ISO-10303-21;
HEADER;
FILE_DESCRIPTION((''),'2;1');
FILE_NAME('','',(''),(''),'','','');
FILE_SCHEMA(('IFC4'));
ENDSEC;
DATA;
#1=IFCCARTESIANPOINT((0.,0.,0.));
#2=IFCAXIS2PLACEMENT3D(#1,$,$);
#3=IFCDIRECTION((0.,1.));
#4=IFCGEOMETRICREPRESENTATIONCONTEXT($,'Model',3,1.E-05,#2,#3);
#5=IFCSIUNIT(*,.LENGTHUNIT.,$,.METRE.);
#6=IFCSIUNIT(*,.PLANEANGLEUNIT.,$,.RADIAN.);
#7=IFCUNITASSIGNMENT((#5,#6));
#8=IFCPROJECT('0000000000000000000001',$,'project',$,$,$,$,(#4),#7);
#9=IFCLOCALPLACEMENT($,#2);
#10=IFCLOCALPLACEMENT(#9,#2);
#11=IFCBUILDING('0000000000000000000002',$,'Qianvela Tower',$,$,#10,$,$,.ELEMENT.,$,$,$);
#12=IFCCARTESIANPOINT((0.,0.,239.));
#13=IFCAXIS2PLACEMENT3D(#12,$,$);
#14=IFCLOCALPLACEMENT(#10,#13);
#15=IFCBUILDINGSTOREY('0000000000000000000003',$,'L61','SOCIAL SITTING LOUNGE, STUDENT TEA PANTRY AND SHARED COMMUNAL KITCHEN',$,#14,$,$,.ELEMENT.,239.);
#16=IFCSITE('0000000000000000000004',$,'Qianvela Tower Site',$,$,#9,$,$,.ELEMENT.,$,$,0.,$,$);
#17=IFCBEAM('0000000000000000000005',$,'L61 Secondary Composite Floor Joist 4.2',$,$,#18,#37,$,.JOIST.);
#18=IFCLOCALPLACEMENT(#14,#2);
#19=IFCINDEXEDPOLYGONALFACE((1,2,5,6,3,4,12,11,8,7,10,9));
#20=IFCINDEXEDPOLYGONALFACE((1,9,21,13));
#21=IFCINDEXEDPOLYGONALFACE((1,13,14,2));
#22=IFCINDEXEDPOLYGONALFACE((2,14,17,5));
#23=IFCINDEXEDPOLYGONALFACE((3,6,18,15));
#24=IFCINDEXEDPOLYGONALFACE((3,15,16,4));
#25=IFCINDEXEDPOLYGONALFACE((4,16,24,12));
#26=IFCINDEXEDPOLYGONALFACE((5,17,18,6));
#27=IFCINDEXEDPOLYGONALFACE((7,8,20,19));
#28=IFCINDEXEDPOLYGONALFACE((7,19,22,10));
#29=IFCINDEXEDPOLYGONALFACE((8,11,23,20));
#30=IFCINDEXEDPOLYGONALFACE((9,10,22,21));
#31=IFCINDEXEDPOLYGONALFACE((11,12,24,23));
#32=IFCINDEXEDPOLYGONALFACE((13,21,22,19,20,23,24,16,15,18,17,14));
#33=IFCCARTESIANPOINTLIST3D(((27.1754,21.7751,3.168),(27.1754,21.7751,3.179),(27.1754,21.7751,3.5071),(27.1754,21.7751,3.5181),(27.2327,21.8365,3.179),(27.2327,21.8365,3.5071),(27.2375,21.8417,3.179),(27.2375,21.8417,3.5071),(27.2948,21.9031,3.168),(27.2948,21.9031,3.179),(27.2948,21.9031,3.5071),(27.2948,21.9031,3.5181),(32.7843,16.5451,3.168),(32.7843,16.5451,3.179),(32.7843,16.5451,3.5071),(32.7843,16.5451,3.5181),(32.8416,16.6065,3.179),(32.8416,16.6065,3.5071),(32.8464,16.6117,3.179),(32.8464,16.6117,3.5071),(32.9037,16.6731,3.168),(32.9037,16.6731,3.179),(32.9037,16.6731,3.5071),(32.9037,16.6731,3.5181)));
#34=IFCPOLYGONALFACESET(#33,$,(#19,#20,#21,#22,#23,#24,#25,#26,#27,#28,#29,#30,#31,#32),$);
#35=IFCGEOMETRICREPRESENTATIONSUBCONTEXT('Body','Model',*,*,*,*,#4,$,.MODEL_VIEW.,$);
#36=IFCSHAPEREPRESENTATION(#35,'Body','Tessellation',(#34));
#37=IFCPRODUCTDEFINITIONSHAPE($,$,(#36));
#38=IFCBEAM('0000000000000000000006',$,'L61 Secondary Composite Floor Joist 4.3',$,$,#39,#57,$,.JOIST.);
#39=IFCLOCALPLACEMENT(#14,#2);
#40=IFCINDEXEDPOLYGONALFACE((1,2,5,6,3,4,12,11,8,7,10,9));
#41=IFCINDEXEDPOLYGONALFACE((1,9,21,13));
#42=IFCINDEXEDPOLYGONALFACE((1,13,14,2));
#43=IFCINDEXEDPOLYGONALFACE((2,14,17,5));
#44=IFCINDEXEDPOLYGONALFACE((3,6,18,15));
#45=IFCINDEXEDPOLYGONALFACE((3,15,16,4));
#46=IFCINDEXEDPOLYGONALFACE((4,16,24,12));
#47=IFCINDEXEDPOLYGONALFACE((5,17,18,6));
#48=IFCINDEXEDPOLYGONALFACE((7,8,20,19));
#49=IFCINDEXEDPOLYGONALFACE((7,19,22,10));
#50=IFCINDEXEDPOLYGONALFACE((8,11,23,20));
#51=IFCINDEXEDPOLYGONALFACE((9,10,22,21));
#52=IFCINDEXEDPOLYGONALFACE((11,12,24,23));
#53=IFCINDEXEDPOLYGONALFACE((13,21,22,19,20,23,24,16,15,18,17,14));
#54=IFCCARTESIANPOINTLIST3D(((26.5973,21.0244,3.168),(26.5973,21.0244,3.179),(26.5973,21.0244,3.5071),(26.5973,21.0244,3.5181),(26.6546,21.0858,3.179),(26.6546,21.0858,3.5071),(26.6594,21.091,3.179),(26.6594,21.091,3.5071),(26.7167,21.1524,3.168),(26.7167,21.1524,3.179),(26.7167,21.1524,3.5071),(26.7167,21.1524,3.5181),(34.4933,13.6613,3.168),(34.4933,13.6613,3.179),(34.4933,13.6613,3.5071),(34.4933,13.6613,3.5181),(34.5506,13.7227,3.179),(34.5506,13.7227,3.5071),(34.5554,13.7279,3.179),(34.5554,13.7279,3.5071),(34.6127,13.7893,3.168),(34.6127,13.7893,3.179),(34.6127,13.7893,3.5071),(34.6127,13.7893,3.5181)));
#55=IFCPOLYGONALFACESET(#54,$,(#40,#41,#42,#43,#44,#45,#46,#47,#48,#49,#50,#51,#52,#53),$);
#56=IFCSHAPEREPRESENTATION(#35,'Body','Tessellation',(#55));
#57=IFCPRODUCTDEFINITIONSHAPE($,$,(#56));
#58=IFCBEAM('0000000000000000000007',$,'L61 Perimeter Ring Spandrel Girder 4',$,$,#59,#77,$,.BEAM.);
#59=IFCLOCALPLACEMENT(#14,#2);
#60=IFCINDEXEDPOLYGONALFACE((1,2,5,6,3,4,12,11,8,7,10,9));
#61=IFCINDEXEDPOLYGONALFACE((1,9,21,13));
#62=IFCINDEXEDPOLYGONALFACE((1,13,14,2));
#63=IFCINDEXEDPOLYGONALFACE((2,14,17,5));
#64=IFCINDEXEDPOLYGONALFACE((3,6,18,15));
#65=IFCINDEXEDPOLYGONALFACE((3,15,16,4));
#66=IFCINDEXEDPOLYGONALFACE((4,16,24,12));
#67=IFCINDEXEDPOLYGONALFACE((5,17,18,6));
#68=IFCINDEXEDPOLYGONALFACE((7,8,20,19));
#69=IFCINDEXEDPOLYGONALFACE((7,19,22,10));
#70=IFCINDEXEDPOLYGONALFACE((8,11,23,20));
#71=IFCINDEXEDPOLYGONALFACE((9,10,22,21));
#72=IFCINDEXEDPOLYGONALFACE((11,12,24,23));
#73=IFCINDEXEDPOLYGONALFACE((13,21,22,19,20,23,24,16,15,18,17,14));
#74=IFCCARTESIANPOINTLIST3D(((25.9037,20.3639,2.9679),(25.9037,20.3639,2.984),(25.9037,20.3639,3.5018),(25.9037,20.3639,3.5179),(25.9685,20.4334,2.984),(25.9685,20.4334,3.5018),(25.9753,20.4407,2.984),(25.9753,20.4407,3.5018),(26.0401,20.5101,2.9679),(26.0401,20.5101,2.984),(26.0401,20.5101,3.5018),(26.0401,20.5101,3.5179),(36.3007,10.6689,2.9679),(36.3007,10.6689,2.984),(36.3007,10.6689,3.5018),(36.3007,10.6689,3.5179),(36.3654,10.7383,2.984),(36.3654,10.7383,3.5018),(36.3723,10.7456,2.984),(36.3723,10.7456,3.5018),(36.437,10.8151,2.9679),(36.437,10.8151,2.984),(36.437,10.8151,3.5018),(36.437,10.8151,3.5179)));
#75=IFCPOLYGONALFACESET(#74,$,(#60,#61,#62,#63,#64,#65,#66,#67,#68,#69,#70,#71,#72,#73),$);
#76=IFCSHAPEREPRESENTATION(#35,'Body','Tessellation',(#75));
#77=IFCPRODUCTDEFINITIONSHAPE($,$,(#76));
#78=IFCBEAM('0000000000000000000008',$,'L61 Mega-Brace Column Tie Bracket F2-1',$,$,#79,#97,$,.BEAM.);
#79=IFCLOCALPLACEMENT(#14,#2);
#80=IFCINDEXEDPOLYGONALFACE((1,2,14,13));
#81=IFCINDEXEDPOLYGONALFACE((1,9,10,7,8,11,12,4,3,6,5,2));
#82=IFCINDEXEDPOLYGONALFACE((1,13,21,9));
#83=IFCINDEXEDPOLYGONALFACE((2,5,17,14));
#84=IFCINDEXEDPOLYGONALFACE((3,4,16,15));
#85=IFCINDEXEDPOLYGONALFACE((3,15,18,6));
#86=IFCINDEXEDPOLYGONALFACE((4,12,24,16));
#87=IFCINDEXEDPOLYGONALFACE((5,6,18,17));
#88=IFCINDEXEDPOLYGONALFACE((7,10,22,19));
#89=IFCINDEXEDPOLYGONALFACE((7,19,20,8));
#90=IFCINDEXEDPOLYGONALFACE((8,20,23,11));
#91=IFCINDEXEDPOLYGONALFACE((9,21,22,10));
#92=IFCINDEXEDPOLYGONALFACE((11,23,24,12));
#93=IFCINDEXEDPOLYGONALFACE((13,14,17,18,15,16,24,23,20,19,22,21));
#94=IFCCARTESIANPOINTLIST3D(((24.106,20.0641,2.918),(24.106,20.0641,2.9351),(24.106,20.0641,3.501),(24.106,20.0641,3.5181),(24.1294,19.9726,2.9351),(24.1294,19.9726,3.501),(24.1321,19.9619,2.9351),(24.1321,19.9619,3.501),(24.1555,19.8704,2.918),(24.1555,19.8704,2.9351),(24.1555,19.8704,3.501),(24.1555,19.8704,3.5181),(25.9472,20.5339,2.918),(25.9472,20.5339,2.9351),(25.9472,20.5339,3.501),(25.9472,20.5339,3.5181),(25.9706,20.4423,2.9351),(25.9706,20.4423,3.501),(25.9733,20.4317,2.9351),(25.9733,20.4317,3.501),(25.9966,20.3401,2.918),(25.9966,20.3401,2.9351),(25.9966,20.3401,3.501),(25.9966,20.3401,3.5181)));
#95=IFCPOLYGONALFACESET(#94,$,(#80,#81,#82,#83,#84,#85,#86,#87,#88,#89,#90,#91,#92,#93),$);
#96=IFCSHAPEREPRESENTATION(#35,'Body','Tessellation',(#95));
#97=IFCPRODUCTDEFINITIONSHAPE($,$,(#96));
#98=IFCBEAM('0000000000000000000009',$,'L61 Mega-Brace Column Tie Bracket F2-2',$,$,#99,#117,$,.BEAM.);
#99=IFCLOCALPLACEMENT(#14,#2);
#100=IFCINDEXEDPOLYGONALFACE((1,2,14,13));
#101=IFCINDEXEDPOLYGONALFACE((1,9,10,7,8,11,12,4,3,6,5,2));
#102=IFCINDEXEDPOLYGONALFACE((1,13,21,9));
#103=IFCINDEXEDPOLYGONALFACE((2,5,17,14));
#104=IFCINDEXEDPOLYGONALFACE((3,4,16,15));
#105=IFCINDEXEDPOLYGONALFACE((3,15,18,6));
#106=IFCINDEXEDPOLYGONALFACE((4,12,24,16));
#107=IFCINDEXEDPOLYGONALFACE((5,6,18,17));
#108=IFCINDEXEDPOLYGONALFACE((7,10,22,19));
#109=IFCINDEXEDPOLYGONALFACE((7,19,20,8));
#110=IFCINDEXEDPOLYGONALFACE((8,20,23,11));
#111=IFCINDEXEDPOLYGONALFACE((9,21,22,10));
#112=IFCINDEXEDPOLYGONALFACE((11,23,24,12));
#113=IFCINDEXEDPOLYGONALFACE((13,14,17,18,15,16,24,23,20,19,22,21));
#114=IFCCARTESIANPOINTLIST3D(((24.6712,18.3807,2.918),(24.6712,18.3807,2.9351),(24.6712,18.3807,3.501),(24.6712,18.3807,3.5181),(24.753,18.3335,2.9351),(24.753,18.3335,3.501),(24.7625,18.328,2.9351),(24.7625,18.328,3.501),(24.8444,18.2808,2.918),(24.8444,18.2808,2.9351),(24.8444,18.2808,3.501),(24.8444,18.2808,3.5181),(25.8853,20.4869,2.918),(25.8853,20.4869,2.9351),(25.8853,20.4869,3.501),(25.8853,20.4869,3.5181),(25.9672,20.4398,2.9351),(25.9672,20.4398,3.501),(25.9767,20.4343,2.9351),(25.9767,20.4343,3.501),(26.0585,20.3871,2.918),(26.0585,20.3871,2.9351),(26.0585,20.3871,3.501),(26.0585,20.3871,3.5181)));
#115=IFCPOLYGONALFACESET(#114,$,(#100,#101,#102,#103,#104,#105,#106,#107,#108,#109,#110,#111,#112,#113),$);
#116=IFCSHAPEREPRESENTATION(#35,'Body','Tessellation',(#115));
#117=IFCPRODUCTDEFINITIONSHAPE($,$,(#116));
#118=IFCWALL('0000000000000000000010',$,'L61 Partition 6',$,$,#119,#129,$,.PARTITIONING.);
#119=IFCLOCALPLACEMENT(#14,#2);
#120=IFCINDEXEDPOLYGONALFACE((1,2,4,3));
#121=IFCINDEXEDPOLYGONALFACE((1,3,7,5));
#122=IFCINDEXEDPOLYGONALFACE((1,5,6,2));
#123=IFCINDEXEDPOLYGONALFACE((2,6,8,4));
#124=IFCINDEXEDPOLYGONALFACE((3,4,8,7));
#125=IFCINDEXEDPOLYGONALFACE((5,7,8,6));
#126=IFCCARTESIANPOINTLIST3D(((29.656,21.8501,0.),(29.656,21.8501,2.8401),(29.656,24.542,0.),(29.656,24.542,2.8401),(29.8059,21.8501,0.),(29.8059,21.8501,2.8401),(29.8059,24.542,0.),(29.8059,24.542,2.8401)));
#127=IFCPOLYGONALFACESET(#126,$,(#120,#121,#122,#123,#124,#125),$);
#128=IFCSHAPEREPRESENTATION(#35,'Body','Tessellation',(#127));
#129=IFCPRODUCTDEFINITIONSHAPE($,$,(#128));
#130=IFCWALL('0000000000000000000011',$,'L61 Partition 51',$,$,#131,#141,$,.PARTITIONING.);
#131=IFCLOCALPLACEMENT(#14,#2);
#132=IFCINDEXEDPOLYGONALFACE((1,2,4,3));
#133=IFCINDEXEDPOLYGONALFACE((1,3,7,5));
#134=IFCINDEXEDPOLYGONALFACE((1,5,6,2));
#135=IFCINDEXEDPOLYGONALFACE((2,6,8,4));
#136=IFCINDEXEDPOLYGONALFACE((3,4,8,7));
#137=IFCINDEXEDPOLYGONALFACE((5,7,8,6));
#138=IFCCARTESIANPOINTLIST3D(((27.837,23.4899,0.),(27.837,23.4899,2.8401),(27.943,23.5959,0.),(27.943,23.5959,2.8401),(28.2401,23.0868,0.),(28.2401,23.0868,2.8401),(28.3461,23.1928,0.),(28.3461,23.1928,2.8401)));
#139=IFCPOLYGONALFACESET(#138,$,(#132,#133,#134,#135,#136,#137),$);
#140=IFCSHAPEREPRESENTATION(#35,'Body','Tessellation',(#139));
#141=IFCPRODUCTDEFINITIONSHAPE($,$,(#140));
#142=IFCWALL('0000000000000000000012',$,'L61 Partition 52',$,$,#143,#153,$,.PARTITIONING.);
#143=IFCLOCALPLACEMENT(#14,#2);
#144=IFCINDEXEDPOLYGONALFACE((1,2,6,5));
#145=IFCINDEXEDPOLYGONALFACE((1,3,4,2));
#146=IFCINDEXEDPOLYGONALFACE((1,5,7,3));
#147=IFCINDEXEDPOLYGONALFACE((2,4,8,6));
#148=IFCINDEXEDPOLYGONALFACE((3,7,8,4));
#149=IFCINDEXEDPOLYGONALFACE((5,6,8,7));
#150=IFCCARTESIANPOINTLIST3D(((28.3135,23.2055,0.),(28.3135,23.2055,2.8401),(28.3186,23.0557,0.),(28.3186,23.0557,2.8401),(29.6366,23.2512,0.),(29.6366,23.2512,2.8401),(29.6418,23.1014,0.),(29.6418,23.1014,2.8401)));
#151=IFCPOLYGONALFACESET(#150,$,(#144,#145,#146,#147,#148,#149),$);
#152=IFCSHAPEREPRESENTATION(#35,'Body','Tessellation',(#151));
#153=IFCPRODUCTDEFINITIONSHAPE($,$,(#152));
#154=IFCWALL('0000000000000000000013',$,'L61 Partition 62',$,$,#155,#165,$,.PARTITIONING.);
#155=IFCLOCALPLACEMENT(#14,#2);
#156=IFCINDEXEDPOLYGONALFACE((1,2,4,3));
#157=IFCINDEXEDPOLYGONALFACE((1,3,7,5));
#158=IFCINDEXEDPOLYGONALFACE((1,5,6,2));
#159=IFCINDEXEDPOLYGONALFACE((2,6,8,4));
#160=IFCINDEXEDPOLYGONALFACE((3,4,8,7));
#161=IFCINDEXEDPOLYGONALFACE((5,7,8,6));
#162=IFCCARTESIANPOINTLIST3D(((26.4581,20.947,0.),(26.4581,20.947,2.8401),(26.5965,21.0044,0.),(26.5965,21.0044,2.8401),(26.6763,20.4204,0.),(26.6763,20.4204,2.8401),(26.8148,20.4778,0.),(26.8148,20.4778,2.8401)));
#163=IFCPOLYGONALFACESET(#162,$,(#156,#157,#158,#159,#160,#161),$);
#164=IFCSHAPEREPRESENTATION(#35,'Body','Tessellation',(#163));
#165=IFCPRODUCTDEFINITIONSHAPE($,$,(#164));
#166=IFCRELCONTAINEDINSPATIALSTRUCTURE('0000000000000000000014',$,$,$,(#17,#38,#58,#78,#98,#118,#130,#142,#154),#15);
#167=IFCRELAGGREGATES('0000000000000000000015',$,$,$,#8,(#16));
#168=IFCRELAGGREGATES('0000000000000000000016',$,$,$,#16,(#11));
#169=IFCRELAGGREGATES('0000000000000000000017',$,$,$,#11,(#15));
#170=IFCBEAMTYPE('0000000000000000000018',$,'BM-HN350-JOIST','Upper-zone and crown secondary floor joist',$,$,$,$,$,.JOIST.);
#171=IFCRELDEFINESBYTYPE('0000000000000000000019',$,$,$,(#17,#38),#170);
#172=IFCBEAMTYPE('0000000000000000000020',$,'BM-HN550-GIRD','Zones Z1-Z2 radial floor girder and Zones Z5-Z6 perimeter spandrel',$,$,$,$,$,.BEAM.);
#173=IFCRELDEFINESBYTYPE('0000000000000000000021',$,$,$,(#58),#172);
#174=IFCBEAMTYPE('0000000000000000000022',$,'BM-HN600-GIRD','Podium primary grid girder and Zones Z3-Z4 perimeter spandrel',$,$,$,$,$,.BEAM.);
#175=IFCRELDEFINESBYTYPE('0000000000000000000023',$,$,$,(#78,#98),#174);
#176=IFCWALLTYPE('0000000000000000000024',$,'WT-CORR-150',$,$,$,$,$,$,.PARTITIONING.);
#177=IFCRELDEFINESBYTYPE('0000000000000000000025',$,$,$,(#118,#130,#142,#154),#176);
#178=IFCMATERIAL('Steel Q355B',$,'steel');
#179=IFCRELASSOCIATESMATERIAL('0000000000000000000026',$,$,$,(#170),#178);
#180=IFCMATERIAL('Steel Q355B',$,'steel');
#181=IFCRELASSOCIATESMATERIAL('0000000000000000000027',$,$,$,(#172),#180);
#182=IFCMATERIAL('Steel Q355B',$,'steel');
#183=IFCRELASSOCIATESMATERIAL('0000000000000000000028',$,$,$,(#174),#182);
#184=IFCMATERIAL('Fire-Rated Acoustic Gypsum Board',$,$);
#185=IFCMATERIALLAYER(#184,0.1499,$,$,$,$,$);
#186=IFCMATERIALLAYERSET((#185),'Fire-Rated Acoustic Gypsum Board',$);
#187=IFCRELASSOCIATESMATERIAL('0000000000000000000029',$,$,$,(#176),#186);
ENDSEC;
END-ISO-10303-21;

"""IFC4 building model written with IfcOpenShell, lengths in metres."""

from ifc_helpers import new_model, si_unit, direction, frame, frame_2d, origin, origin_2d, place, context, subcontext, project, spatial, rectangle, i_section, extrude, material, layer, layer_set, material_profile, profile_set, type_object, element, save


model = new_model("IFC4")

# Units and contexts
model_context = context("Model", 3, precision=1e-05, world=origin(), true_north=direction((0.0, 1.0)))
body_context = subcontext(model_context, "Body", "Model", "MODEL_VIEW")
ifc_project = project(units=[si_unit("LENGTHUNIT", "METRE"), si_unit("PLANEANGLEUNIT", "RADIAN")], contexts=[model_context])

# Site, building, storey
site_placement = place(None, origin())
site = spatial("IfcSite", under=ifc_project, at=site_placement, Name="Qianvela Tower Site", CompositionType="ELEMENT", RefElevation=0.0)
building_placement = place(site_placement, origin())
building = spatial("IfcBuilding", under=site, at=building_placement, Name="Qianvela Tower", CompositionType="ELEMENT")
storey_placement = place(building_placement, frame((0.0, 0.0, 239.0)))
storey = spatial("IfcBuildingStorey", under=building, at=storey_placement, Name="L61", Description="SOCIAL SITTING LOUNGE, STUDENT TEA PANTRY AND SHARED COMMUNAL KITCHEN", CompositionType="ELEMENT", Elevation=239.0)

# Beams
ifc_material_1 = material(Name="Steel Q355B", Category="steel")
ifc_material_profile_1 = material_profile(ifc_material_1, i_section(OverallWidth=0.175, OverallDepth=0.3501, WebThickness=0.0071, FlangeThickness=0.011, at=origin_2d()), Name="HN350x175x7x11")
ifc_profile_set_1 = profile_set([ifc_material_profile_1], Name="Steel Q355B")
beam_type_1 = type_object("IfcBeamType", Name="BM-HN350-JOIST", Description="Upper-zone and crown secondary floor joist", PredefinedType="JOIST", material=ifc_profile_set_1)
beam_1_placement = place(storey_placement, frame((27.2351, 21.8391, 3.343), z_axis=(0.731379, -0.681971, 0.0), x_axis=(0.681971, 0.731379, 0.0)))
element("IfcBeam", 1, at=beam_1_placement, inside=storey, type_object=beam_type_1, Name="L61 Secondary Composite Floor Joist 4.2", PredefinedType="JOIST", context=body_context, shape_type="SweptSolid", body=[
    extrude(i_section(OverallWidth=0.175, OverallDepth=0.3501, WebThickness=0.0071, FlangeThickness=0.011, at=origin_2d()), origin(), (0.0, 0.0, 1.0), 7.6689),
])
beam_2_placement = place(storey_placement, frame((26.657, 21.0884, 3.343), z_axis=(0.731358, -0.681993, 0.0), x_axis=(0.681993, 0.731358, 0.0)))
element("IfcBeam", 2, at=beam_2_placement, inside=storey, type_object=beam_type_1, Name="L61 Secondary Composite Floor Joist 4.3", PredefinedType="JOIST", context=body_context, shape_type="SweptSolid", body=[
    extrude(i_section(OverallWidth=0.175, OverallDepth=0.3501, WebThickness=0.0071, FlangeThickness=0.011, at=origin_2d()), origin(), (0.0, 0.0, 1.0), 10.7964),
])
ifc_material_2 = material(Name="Steel Q355B", Category="steel")
ifc_material_profile_2 = material_profile(ifc_material_2, i_section(OverallWidth=0.2, OverallDepth=0.55, WebThickness=0.01, FlangeThickness=0.0161, at=origin_2d()), Name="HN550x200x10x16")
ifc_profile_set_2 = profile_set([ifc_material_profile_2], Name="Steel Q355B")
beam_type_2 = type_object("IfcBeamType", Name="BM-HN550-GIRD", Description="Zones Z1-Z2 radial floor girder and Zones Z5-Z6 perimeter spandrel", PredefinedType="BEAM", material=ifc_profile_set_2)
beam_3_placement = place(storey_placement, frame((25.9719, 20.437, 3.2429), z_axis=(0.731363, -0.681988, 0.0), x_axis=(0.681988, 0.731363, 0.0)))
element("IfcBeam", 3, at=beam_3_placement, inside=storey, type_object=beam_type_2, Name="L61 Perimeter Ring Spandrel Girder 4", PredefinedType="BEAM", context=body_context, shape_type="SweptSolid", body=[
    extrude(i_section(OverallWidth=0.2, OverallDepth=0.55, WebThickness=0.01, FlangeThickness=0.0161, at=origin_2d()), origin(), (0.0, 0.0, 1.0), 14.2158),
])
ifc_material_3 = material(Name="Steel Q355B", Category="steel")
ifc_material_profile_3 = material_profile(ifc_material_3, i_section(OverallWidth=0.2, OverallDepth=0.6001, WebThickness=0.011, FlangeThickness=0.0171, at=origin_2d()), Name="HN600x200x11x17")
ifc_profile_set_3 = profile_set([ifc_material_profile_3], Name="Steel Q355B")
beam_type_3 = type_object("IfcBeamType", Name="BM-HN600-GIRD", Description="Podium primary grid girder and Zones Z3-Z4 perimeter spandrel", PredefinedType="BEAM", material=ifc_profile_set_3)
beam_4_placement = place(storey_placement, frame((25.9719, 20.437, 3.218), z_axis=(-0.96896, -0.247219, 0.0), x_axis=(0.247219, -0.96896, 0.0)))
element("IfcBeam", 4, at=beam_4_placement, inside=storey, type_object=beam_type_3, Name="L61 Mega-Brace Column Tie Bracket F2-1", PredefinedType="BEAM", context=body_context, shape_type="SweptSolid", body=[
    extrude(i_section(OverallWidth=0.2, OverallDepth=0.6001, WebThickness=0.011, FlangeThickness=0.0171, at=origin_2d()), origin(), (0.0, 0.0, 1.0), 1.9001),
])
beam_5_placement = place(storey_placement, frame((25.9719, 20.437, 3.218), z_axis=(-0.499412, -0.866364, 0.0), x_axis=(0.866364, -0.499412, 0.0)))
element("IfcBeam", 5, at=beam_5_placement, inside=storey, type_object=beam_type_3, Name="L61 Mega-Brace Column Tie Bracket F2-2", PredefinedType="BEAM", context=body_context, shape_type="SweptSolid", body=[
    extrude(i_section(OverallWidth=0.2, OverallDepth=0.6001, WebThickness=0.011, FlangeThickness=0.0171, at=origin_2d()), origin(), (0.0, 0.0, 1.0), 2.4312),
])

# Shared definitions
ifc_material_4 = material(Name="Fire-Rated Acoustic Gypsum Board")
ifc_layer_1 = layer(ifc_material_4, 0.1499)
ifc_layer_set_1 = layer_set([ifc_layer_1], Name="Fire-Rated Acoustic Gypsum Board")
wall_type_1 = type_object("IfcWallType", Name="WT-CORR-150", PredefinedType="PARTITIONING", material=ifc_layer_set_1)

# Walls
wall_1_placement = place(storey_placement, frame((29.731, 21.8501, 0.0), z_axis=(0.0, 0.0, 1.0), x_axis=(0.0, 1.0, 0.0)))
element("IfcWall", 6, at=wall_1_placement, inside=storey, type_object=wall_type_1, Name="L61 Partition 6", PredefinedType="PARTITIONING", context=body_context, shape_type="SweptSolid", body=[
    extrude(rectangle(XDim=2.6919, YDim=0.1499, at=frame_2d((1.3459, 0.0))), origin(), (0.0, 0.0, 1.0), 2.8401),
])
wall_2_placement = place(storey_placement, frame((27.8899, 23.543, 0.0), z_axis=(0.0, 0.0, 1.0), x_axis=(0.707107, -0.707107, 0.0)))
element("IfcWall", 7, at=wall_2_placement, inside=storey, type_object=wall_type_1, Name="L61 Partition 51", PredefinedType="PARTITIONING", context=body_context, shape_type="SweptSolid", body=[
    extrude(rectangle(XDim=0.5701, YDim=0.1499, at=frame_2d((0.2852, 0.0))), origin(), (0.0, 0.0, 1.0), 2.8401),
])
wall_3_placement = place(storey_placement, frame((28.3159, 23.1306, 0.0), z_axis=(0.0, 0.0, 1.0), x_axis=(0.999405, 0.034481, 0.0)))
element("IfcWall", 8, at=wall_3_placement, inside=storey, type_object=wall_type_1, Name="L61 Partition 52", PredefinedType="PARTITIONING", context=body_context, shape_type="SweptSolid", body=[
    extrude(rectangle(XDim=1.324, YDim=0.1499, at=frame_2d((0.6621, 0.0))), origin(), (0.0, 0.0, 1.0), 2.8401),
])
wall_4_placement = place(storey_placement, frame((26.7456, 20.449, 0.0), z_axis=(0.0, 0.0, 1.0), x_axis=(-0.382881, 0.923798, 0.0)))
element("IfcWall", 9, at=wall_4_placement, inside=storey, type_object=wall_type_1, Name="L61 Partition 62", PredefinedType="PARTITIONING", context=body_context, shape_type="SweptSolid", body=[
    extrude(rectangle(XDim=0.5701, YDim=0.1499, at=frame_2d((0.2852, 0.0))), origin(), (0.0, 0.0, 1.0), 2.8401),
])

save(model, "model.ifc")
